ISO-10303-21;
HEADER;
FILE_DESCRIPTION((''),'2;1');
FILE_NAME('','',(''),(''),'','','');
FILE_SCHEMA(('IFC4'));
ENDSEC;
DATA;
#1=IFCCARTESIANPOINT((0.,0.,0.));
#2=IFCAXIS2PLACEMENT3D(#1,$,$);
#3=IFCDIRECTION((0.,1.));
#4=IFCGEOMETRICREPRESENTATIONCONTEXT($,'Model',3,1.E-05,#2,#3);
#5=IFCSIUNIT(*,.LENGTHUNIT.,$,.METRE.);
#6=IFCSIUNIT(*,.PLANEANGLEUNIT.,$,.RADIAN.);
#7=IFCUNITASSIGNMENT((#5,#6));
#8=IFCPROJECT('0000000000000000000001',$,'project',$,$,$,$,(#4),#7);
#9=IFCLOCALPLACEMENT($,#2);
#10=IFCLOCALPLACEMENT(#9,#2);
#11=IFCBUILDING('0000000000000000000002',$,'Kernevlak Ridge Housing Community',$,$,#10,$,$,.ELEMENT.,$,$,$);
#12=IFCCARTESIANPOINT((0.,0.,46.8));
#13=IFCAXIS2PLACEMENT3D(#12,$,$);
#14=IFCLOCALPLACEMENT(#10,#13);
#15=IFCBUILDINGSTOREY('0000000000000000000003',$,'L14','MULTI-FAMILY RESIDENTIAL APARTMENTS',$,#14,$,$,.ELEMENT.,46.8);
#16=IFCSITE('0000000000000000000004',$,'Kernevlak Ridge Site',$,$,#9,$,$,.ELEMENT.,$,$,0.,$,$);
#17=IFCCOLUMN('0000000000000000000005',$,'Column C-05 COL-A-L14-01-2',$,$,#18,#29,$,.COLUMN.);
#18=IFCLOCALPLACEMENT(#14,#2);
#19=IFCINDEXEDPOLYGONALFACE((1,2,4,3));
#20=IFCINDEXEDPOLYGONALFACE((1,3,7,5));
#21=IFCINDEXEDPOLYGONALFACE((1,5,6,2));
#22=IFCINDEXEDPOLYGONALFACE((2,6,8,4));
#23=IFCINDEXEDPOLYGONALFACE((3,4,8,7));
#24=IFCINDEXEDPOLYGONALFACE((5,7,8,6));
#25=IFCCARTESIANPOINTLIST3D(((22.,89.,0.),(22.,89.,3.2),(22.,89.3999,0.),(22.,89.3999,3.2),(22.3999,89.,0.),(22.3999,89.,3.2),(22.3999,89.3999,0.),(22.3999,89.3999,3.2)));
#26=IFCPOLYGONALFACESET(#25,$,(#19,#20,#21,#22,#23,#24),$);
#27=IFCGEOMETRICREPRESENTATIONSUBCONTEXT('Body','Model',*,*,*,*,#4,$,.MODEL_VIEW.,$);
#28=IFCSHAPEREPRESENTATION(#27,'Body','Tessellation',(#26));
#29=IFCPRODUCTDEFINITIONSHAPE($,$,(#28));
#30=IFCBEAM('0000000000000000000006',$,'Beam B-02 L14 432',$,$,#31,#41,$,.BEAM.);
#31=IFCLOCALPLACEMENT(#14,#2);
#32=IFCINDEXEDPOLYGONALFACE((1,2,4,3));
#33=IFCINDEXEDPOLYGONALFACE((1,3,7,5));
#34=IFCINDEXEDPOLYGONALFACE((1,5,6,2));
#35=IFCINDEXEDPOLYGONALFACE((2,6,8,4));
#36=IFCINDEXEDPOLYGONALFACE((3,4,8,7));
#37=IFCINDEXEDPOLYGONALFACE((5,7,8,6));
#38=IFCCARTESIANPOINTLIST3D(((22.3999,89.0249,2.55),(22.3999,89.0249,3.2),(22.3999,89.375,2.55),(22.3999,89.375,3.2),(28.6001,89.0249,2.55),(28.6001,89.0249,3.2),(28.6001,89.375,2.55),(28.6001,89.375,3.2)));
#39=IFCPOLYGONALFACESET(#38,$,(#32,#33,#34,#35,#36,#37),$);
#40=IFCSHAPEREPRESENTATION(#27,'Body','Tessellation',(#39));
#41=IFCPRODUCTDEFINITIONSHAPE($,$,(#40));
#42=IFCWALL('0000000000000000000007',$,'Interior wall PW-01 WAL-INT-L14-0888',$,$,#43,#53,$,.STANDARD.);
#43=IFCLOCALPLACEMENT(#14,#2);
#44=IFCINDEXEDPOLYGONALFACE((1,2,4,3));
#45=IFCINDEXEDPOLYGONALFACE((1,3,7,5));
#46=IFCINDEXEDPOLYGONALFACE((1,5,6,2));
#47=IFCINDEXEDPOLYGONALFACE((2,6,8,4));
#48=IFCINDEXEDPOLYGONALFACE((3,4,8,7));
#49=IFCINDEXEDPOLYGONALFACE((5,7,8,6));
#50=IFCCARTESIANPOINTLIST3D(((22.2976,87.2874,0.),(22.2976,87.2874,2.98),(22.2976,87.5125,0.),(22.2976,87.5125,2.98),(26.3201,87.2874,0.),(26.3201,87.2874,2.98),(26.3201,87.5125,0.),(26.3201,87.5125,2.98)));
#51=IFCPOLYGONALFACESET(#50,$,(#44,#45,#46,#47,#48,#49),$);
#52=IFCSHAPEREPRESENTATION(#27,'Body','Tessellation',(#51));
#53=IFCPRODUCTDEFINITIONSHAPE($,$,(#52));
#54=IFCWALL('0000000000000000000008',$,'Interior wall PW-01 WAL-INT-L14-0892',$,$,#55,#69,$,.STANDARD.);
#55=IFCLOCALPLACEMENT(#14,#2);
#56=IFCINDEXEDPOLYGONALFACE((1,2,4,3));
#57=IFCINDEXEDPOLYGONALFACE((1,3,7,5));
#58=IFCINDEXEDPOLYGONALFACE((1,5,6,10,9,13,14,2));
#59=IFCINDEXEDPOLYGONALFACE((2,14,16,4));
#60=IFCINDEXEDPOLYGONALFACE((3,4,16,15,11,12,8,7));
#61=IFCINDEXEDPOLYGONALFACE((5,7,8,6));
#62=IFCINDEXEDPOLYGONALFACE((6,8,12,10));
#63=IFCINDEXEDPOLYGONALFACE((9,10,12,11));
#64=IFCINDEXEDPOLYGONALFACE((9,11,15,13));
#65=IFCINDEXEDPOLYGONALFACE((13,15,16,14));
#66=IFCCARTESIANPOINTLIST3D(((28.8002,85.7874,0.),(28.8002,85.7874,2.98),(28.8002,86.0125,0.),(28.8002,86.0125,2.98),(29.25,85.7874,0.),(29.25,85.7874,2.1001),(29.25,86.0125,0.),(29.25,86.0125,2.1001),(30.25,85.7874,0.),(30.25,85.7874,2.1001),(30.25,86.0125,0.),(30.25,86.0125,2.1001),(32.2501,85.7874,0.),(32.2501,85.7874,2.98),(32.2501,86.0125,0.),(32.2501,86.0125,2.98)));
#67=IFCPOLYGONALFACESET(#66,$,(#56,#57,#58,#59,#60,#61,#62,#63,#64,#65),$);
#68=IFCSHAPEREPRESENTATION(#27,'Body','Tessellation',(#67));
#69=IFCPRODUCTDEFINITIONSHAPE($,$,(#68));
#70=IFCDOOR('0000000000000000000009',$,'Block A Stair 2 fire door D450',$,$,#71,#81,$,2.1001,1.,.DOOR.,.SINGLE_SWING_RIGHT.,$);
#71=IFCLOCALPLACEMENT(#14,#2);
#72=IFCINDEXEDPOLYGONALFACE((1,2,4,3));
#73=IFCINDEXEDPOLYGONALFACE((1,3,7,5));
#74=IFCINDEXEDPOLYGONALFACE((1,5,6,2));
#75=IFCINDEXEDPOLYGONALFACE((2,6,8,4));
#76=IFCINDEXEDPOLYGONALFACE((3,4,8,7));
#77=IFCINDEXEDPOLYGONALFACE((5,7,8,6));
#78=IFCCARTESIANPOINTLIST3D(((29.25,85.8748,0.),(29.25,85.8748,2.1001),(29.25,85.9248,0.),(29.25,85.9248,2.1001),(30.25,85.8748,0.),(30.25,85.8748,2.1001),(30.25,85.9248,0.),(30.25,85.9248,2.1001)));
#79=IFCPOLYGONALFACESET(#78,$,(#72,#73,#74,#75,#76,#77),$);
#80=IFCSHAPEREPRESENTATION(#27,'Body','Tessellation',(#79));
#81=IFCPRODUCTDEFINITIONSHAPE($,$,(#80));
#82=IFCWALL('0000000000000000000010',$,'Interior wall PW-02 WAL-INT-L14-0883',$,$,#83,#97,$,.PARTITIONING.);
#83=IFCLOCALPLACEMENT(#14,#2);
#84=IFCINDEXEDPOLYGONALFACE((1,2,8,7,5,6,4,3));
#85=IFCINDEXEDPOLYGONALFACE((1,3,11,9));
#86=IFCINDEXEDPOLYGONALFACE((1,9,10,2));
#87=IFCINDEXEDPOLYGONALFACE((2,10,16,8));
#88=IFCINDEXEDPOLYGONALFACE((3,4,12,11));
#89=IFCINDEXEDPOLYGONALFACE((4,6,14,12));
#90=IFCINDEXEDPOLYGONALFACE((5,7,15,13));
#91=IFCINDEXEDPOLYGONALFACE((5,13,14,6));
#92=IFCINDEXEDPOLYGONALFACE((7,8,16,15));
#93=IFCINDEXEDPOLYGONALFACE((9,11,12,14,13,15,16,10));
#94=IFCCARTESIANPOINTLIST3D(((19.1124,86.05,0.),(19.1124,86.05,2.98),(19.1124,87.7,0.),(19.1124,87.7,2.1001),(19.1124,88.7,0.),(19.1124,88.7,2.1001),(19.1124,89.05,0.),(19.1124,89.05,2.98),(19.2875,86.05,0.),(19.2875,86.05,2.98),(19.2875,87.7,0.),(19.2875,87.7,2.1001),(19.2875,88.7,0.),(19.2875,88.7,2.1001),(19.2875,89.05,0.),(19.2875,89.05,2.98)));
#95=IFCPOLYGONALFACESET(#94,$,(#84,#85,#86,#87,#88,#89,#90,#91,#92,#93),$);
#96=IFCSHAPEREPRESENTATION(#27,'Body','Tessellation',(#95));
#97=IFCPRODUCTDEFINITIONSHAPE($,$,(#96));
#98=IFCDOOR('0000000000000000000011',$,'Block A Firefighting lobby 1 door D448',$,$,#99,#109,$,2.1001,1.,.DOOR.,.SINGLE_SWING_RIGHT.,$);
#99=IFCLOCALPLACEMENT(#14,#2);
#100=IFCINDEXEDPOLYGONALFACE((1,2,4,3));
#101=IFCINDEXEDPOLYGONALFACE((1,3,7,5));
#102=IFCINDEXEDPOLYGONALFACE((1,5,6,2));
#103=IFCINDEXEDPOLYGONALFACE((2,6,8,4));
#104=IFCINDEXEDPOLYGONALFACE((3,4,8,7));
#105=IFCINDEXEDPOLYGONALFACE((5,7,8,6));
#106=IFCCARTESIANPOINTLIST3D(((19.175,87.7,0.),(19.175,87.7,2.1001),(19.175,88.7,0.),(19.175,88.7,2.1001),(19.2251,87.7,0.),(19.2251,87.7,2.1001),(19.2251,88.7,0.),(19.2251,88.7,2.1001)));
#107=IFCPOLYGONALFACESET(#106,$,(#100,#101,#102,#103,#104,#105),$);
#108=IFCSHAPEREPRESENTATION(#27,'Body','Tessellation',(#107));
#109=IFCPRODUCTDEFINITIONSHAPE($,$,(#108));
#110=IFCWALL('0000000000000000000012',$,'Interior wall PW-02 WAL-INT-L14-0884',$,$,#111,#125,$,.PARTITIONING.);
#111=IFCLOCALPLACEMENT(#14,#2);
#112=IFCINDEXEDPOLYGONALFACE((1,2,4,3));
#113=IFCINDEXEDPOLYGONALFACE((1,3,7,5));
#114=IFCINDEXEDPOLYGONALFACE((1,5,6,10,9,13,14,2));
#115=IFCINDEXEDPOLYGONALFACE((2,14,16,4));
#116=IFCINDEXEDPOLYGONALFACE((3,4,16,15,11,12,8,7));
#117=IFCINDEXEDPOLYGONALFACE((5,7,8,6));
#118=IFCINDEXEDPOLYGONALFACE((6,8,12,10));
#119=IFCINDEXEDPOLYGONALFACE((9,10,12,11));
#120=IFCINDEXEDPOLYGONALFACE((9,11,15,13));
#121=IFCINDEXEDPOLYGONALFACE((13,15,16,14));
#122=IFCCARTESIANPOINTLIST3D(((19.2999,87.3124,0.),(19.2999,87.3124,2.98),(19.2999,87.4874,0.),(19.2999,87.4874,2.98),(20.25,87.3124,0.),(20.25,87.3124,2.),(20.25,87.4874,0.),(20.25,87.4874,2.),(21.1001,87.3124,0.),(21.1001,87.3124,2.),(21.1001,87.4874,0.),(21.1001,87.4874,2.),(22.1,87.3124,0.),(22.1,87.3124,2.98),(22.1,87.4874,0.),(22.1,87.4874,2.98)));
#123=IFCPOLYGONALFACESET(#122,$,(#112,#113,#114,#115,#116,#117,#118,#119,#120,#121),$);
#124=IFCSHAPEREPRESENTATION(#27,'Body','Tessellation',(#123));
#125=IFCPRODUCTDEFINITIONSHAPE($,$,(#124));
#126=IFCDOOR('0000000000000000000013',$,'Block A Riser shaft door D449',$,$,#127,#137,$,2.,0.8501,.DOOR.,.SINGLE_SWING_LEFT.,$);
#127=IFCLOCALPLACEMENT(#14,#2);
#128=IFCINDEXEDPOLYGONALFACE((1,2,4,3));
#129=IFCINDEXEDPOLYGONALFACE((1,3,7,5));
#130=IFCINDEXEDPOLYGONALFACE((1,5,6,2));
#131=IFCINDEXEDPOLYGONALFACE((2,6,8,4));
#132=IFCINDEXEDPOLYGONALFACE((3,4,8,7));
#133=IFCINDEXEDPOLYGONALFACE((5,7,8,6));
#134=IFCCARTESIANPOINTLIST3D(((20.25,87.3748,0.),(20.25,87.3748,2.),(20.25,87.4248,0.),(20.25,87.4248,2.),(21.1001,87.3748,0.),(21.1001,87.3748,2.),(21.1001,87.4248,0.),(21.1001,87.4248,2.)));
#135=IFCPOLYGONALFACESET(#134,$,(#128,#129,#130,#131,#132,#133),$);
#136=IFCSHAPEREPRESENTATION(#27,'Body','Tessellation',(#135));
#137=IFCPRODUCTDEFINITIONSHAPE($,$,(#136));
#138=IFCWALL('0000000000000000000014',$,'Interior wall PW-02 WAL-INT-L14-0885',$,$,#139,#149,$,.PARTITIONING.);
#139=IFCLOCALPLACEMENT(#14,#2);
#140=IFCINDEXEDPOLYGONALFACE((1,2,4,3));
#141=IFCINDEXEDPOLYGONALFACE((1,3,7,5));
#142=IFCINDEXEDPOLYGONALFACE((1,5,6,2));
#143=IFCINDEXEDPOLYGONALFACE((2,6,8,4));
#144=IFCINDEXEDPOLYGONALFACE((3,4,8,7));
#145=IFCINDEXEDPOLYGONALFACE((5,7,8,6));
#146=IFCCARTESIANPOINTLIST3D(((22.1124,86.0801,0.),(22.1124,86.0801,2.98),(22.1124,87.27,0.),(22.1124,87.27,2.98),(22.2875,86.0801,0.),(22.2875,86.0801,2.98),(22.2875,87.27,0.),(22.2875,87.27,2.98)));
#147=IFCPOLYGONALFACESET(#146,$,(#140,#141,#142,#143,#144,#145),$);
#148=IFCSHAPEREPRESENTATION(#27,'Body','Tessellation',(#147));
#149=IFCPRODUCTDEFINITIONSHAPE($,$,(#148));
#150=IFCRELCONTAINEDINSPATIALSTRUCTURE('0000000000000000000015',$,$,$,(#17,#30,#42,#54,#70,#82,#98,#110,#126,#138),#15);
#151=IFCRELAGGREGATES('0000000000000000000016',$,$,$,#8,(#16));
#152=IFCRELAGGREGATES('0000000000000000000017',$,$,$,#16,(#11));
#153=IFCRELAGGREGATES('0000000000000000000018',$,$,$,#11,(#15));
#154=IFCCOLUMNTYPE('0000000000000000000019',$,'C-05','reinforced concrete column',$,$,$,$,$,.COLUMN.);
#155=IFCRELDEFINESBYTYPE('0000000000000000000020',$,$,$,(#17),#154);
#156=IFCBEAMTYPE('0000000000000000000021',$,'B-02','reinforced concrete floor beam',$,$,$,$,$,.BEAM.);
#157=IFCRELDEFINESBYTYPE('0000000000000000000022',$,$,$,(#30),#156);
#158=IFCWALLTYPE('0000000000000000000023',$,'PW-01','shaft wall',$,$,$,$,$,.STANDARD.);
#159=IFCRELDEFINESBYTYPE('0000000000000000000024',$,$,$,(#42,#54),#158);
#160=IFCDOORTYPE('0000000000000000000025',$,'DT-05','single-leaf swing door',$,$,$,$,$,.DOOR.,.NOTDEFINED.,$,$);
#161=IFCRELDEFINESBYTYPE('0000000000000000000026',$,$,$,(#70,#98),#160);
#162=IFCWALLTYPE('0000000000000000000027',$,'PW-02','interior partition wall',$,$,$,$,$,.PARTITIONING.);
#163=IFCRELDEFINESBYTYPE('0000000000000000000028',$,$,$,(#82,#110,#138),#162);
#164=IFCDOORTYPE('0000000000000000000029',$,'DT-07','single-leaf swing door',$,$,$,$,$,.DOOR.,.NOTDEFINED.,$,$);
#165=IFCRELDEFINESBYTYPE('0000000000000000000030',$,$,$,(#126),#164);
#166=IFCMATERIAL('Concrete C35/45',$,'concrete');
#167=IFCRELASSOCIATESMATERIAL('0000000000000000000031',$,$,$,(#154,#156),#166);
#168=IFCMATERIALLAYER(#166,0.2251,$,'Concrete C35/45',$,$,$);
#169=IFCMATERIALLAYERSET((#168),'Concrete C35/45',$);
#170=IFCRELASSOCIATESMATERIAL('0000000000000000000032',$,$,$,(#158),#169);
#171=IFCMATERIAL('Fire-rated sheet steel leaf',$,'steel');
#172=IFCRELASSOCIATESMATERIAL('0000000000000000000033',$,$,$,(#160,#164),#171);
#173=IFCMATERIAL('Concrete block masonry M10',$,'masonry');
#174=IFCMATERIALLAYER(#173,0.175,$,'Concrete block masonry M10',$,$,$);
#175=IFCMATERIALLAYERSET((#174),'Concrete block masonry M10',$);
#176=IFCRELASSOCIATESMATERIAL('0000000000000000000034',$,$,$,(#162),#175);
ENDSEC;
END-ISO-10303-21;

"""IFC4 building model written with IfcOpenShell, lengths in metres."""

from ifc_helpers import new_model, si_unit, direction, frame, frame_2d, origin, origin_2d, place, context, subcontext, project, spatial, rectangle, extrude, material, layer, layer_set, material_profile, profile_set, type_object, element, fill, save


model = new_model("IFC4")

# Units and contexts
model_context = context("Model", 3, precision=1e-05, world=origin(), true_north=direction((0.0, 1.0)))
body_context = subcontext(model_context, "Body", "Model", "MODEL_VIEW")
ifc_project = project(units=[si_unit("LENGTHUNIT", "METRE"), si_unit("PLANEANGLEUNIT", "RADIAN")], contexts=[model_context])

# Site, building, storey
site_placement = place(None, origin())
site = spatial("IfcSite", under=ifc_project, at=site_placement, Name="Kernevlak Ridge Site", CompositionType="ELEMENT", RefElevation=0.0)
building_placement = place(site_placement, origin())
building = spatial("IfcBuilding", under=site, at=building_placement, Name="Kernevlak Ridge Housing Community", CompositionType="ELEMENT")
storey_placement = place(building_placement, frame((0.0, 0.0, 46.8)))
storey = spatial("IfcBuildingStorey", under=building, at=storey_placement, Name="L14", Description="MULTI-FAMILY RESIDENTIAL APARTMENTS", CompositionType="ELEMENT", Elevation=46.8)

# Column
ifc_material_1 = material(Name="Concrete C35/45", Category="concrete")
ifc_material_profile_1 = material_profile(ifc_material_1, rectangle(XDim=0.3999, YDim=0.3999, at=origin_2d()), Name="RC 400x400")
ifc_profile_set_1 = profile_set([ifc_material_profile_1], Name="Concrete C35/45")
column_type = type_object("IfcColumnType", Name="C-05", Description="reinforced concrete column", PredefinedType="COLUMN", material=ifc_profile_set_1)
column_placement = place(storey_placement, frame((22.2, 89.2, 0.0), z_axis=(0.0, 0.0, 1.0), x_axis=(1.0, 0.0, 0.0)))
element("IfcColumn", 1, at=column_placement, inside=storey, type_object=column_type, Name="Column C-05 COL-A-L14-01-2", PredefinedType="COLUMN", context=body_context, shape_type="SweptSolid", body=[
    extrude(rectangle(XDim=0.3999, YDim=0.3999, at=origin_2d()), origin(), (0.0, 0.0, 1.0), 3.2),
])

# Beam
ifc_material_profile_2 = material_profile(ifc_material_1, rectangle(XDim=0.3501, YDim=0.6499, at=origin_2d()), Name="RC 350x650")
ifc_profile_set_2 = profile_set([ifc_material_profile_2], Name="Concrete C35/45")
beam_type = type_object("IfcBeamType", Name="B-02", Description="reinforced concrete floor beam", PredefinedType="BEAM", material=ifc_profile_set_2)
beam_placement = place(storey_placement, frame((22.3999, 89.2, 2.875), z_axis=(1.0, 0.0, 0.0), x_axis=(0.0, 1.0, 0.0)))
element("IfcBeam", 2, at=beam_placement, inside=storey, type_object=beam_type, Name="Beam B-02 L14 432", PredefinedType="BEAM", context=body_context, shape_type="SweptSolid", body=[
    extrude(rectangle(XDim=0.3501, YDim=0.6499, at=origin_2d()), origin(), (0.0, 0.0, 1.0), 6.2002),
])

# Wall
ifc_layer_1 = layer(ifc_material_1, 0.2251, Name="Concrete C35/45")
ifc_layer_set_1 = layer_set([ifc_layer_1], Name="Concrete C35/45")
wall_type_1 = type_object("IfcWallType", Name="PW-01", Description="shaft wall", PredefinedType="STANDARD", material=ifc_layer_set_1)
wall_1_placement = place(storey_placement, frame((22.2976, 87.3999, 0.0), z_axis=(0.0, 0.0, 1.0), x_axis=(1.0, 0.0, 0.0)))
element("IfcWall", 3, at=wall_1_placement, inside=storey, type_object=wall_type_1, Name="Interior wall PW-01 WAL-INT-L14-0888", PredefinedType="STANDARD", context=body_context, shape_type="SweptSolid", body=[
    extrude(rectangle(XDim=4.0225, YDim=0.2251, at=frame_2d((2.0112, 0.0))), origin(), (0.0, 0.0, 1.0), 2.98),
])

# Walls, openings, doors
wall_2_placement = place(storey_placement, frame((28.8, 85.8999, 0.0), z_axis=(0.0, 0.0, 1.0), x_axis=(1.0, 0.0, 0.0)))
wall_2 = element("IfcWall", 4, at=wall_2_placement, inside=storey, type_object=wall_type_1, Name="Interior wall PW-01 WAL-INT-L14-0892", PredefinedType="STANDARD", context=body_context, shape_type="SweptSolid", body=[
    extrude(rectangle(XDim=3.45, YDim=0.2251, at=frame_2d((1.7251, 0.0))), origin(), (0.0, 0.0, 1.0), 2.98),
])
opening_1_placement = place(wall_2_placement, frame((0.45, 0.0, 0.0)))
opening_1 = element("IfcOpeningElement", 5, at=opening_1_placement, cuts=wall_2, PredefinedType="OPENING", context=body_context, shape_type="SweptSolid", body=[
    extrude(rectangle(XDim=1.0, YDim=2.1001, at=frame_2d((0.5, 1.05))), frame((0.0, 0.1226, 0.0), z_axis=(0.0, -1.0, 0.0), x_axis=(1.0, 0.0, 0.0)), (0.0, 0.0, 1.0), 0.2451),
])
ifc_material_2 = material(Name="Fire-rated sheet steel leaf", Category="steel")
door_type_1 = type_object("IfcDoorType", Name="DT-05", Description="single-leaf swing door", OperationType="NOTDEFINED", PredefinedType="DOOR", material=ifc_material_2)
door_1_placement = place(opening_1_placement, origin())
door_1 = element("IfcDoor", 6, at=door_1_placement, inside=storey, type_object=door_type_1, Name="Block A Stair 2 fire door D450", OperationType="SINGLE_SWING_RIGHT", OverallHeight=2.1001, OverallWidth=1.0, PredefinedType="DOOR", context=body_context, shape_type="SweptSolid", body=[
    extrude(rectangle(XDim=1.0, YDim=2.1001, at=frame_2d((0.5, 1.05))), frame((0.0, 0.0249, 0.0), z_axis=(0.0, -1.0, 0.0), x_axis=(1.0, 0.0, 0.0)), (0.0, 0.0, 1.0), 0.05),
])
fill(opening_1, door_1)
ifc_material_3 = material(Name="Concrete block masonry M10", Category="masonry")
ifc_layer_2 = layer(ifc_material_3, 0.175, Name="Concrete block masonry M10")
ifc_layer_set_2 = layer_set([ifc_layer_2], Name="Concrete block masonry M10")
wall_type_2 = type_object("IfcWallType", Name="PW-02", Description="interior partition wall", PredefinedType="PARTITIONING", material=ifc_layer_set_2)
wall_3_placement = place(storey_placement, frame((19.2, 86.05, 0.0), z_axis=(0.0, 0.0, 1.0), x_axis=(0.0, 1.0, 0.0)))
wall_3 = element("IfcWall", 7, at=wall_3_placement, inside=storey, type_object=wall_type_2, Name="Interior wall PW-02 WAL-INT-L14-0883", PredefinedType="PARTITIONING", context=body_context, shape_type="SweptSolid", body=[
    extrude(rectangle(XDim=3.0, YDim=0.175, at=frame_2d((1.5, 0.0))), origin(), (0.0, 0.0, 1.0), 2.98),
])
opening_2_placement = place(wall_3_placement, frame((1.6499, 0.0, 0.0)))
opening_2 = element("IfcOpeningElement", 8, at=opening_2_placement, cuts=wall_3, PredefinedType="OPENING", context=body_context, shape_type="SweptSolid", body=[
    extrude(rectangle(XDim=1.0, YDim=2.1001, at=frame_2d((0.5, 1.05))), frame((0.0, 0.0974, 0.0), z_axis=(0.0, -1.0, 0.0), x_axis=(1.0, 0.0, 0.0)), (0.0, 0.0, 1.0), 0.1951),
])
door_2_placement = place(opening_2_placement, origin())
door_2 = element("IfcDoor", 9, at=door_2_placement, inside=storey, type_object=door_type_1, Name="Block A Firefighting lobby 1 door D448", OperationType="SINGLE_SWING_RIGHT", OverallHeight=2.1001, OverallWidth=1.0, PredefinedType="DOOR", context=body_context, shape_type="SweptSolid", body=[
    extrude(rectangle(XDim=1.0, YDim=2.1001, at=frame_2d((0.5, 1.05))), frame((0.0, 0.0249, 0.0), z_axis=(0.0, -1.0, 0.0), x_axis=(1.0, 0.0, 0.0)), (0.0, 0.0, 1.0), 0.05),
])
fill(opening_2, door_2)
wall_4_placement = place(storey_placement, frame((19.3, 87.3999, 0.0), z_axis=(0.0, 0.0, 1.0), x_axis=(1.0, 0.0, 0.0)))
wall_4 = element("IfcWall", 10, at=wall_4_placement, inside=storey, type_object=wall_type_2, Name="Interior wall PW-02 WAL-INT-L14-0884", PredefinedType="PARTITIONING", context=body_context, shape_type="SweptSolid", body=[
    extrude(rectangle(XDim=2.8, YDim=0.175, at=frame_2d((1.3999, 0.0))), origin(), (0.0, 0.0, 1.0), 2.98),
])
opening_3_placement = place(wall_4_placement, frame((0.95, 0.0, 0.0)))
opening_3 = element("IfcOpeningElement", 11, at=opening_3_placement, cuts=wall_4, PredefinedType="OPENING", context=body_context, shape_type="SweptSolid", body=[
    extrude(rectangle(XDim=0.8501, YDim=2.0, at=frame_2d((0.425, 1.0))), frame((0.0, 0.0974, 0.0), z_axis=(0.0, -1.0, 0.0), x_axis=(1.0, 0.0, 0.0)), (0.0, 0.0, 1.0), 0.1951),
])
door_type_2 = type_object("IfcDoorType", Name="DT-07", Description="single-leaf swing door", OperationType="NOTDEFINED", PredefinedType="DOOR", material=ifc_material_2)
door_3_placement = place(opening_3_placement, origin())
door_3 = element("IfcDoor", 12, at=door_3_placement, inside=storey, type_object=door_type_2, Name="Block A Riser shaft door D449", OperationType="SINGLE_SWING_LEFT", OverallHeight=2.0, OverallWidth=0.8501, PredefinedType="DOOR", context=body_context, shape_type="SweptSolid", body=[
    extrude(rectangle(XDim=0.8501, YDim=2.0, at=frame_2d((0.425, 1.0))), frame((0.0, 0.0249, 0.0), z_axis=(0.0, -1.0, 0.0), x_axis=(1.0, 0.0, 0.0)), (0.0, 0.0, 1.0), 0.05),
])
fill(opening_3, door_3)

# Wall
wall_5_placement = place(storey_placement, frame((22.2, 86.0801, 0.0), z_axis=(0.0, 0.0, 1.0), x_axis=(0.0, 1.0, 0.0)))
element("IfcWall", 13, at=wall_5_placement, inside=storey, type_object=wall_type_2, Name="Interior wall PW-02 WAL-INT-L14-0885", PredefinedType="PARTITIONING", context=body_context, shape_type="SweptSolid", body=[
    extrude(rectangle(XDim=1.1899, YDim=0.175, at=frame_2d((0.595, 0.0))), origin(), (0.0, 0.0, 1.0), 2.98),
])

save(model, "model.ifc")
